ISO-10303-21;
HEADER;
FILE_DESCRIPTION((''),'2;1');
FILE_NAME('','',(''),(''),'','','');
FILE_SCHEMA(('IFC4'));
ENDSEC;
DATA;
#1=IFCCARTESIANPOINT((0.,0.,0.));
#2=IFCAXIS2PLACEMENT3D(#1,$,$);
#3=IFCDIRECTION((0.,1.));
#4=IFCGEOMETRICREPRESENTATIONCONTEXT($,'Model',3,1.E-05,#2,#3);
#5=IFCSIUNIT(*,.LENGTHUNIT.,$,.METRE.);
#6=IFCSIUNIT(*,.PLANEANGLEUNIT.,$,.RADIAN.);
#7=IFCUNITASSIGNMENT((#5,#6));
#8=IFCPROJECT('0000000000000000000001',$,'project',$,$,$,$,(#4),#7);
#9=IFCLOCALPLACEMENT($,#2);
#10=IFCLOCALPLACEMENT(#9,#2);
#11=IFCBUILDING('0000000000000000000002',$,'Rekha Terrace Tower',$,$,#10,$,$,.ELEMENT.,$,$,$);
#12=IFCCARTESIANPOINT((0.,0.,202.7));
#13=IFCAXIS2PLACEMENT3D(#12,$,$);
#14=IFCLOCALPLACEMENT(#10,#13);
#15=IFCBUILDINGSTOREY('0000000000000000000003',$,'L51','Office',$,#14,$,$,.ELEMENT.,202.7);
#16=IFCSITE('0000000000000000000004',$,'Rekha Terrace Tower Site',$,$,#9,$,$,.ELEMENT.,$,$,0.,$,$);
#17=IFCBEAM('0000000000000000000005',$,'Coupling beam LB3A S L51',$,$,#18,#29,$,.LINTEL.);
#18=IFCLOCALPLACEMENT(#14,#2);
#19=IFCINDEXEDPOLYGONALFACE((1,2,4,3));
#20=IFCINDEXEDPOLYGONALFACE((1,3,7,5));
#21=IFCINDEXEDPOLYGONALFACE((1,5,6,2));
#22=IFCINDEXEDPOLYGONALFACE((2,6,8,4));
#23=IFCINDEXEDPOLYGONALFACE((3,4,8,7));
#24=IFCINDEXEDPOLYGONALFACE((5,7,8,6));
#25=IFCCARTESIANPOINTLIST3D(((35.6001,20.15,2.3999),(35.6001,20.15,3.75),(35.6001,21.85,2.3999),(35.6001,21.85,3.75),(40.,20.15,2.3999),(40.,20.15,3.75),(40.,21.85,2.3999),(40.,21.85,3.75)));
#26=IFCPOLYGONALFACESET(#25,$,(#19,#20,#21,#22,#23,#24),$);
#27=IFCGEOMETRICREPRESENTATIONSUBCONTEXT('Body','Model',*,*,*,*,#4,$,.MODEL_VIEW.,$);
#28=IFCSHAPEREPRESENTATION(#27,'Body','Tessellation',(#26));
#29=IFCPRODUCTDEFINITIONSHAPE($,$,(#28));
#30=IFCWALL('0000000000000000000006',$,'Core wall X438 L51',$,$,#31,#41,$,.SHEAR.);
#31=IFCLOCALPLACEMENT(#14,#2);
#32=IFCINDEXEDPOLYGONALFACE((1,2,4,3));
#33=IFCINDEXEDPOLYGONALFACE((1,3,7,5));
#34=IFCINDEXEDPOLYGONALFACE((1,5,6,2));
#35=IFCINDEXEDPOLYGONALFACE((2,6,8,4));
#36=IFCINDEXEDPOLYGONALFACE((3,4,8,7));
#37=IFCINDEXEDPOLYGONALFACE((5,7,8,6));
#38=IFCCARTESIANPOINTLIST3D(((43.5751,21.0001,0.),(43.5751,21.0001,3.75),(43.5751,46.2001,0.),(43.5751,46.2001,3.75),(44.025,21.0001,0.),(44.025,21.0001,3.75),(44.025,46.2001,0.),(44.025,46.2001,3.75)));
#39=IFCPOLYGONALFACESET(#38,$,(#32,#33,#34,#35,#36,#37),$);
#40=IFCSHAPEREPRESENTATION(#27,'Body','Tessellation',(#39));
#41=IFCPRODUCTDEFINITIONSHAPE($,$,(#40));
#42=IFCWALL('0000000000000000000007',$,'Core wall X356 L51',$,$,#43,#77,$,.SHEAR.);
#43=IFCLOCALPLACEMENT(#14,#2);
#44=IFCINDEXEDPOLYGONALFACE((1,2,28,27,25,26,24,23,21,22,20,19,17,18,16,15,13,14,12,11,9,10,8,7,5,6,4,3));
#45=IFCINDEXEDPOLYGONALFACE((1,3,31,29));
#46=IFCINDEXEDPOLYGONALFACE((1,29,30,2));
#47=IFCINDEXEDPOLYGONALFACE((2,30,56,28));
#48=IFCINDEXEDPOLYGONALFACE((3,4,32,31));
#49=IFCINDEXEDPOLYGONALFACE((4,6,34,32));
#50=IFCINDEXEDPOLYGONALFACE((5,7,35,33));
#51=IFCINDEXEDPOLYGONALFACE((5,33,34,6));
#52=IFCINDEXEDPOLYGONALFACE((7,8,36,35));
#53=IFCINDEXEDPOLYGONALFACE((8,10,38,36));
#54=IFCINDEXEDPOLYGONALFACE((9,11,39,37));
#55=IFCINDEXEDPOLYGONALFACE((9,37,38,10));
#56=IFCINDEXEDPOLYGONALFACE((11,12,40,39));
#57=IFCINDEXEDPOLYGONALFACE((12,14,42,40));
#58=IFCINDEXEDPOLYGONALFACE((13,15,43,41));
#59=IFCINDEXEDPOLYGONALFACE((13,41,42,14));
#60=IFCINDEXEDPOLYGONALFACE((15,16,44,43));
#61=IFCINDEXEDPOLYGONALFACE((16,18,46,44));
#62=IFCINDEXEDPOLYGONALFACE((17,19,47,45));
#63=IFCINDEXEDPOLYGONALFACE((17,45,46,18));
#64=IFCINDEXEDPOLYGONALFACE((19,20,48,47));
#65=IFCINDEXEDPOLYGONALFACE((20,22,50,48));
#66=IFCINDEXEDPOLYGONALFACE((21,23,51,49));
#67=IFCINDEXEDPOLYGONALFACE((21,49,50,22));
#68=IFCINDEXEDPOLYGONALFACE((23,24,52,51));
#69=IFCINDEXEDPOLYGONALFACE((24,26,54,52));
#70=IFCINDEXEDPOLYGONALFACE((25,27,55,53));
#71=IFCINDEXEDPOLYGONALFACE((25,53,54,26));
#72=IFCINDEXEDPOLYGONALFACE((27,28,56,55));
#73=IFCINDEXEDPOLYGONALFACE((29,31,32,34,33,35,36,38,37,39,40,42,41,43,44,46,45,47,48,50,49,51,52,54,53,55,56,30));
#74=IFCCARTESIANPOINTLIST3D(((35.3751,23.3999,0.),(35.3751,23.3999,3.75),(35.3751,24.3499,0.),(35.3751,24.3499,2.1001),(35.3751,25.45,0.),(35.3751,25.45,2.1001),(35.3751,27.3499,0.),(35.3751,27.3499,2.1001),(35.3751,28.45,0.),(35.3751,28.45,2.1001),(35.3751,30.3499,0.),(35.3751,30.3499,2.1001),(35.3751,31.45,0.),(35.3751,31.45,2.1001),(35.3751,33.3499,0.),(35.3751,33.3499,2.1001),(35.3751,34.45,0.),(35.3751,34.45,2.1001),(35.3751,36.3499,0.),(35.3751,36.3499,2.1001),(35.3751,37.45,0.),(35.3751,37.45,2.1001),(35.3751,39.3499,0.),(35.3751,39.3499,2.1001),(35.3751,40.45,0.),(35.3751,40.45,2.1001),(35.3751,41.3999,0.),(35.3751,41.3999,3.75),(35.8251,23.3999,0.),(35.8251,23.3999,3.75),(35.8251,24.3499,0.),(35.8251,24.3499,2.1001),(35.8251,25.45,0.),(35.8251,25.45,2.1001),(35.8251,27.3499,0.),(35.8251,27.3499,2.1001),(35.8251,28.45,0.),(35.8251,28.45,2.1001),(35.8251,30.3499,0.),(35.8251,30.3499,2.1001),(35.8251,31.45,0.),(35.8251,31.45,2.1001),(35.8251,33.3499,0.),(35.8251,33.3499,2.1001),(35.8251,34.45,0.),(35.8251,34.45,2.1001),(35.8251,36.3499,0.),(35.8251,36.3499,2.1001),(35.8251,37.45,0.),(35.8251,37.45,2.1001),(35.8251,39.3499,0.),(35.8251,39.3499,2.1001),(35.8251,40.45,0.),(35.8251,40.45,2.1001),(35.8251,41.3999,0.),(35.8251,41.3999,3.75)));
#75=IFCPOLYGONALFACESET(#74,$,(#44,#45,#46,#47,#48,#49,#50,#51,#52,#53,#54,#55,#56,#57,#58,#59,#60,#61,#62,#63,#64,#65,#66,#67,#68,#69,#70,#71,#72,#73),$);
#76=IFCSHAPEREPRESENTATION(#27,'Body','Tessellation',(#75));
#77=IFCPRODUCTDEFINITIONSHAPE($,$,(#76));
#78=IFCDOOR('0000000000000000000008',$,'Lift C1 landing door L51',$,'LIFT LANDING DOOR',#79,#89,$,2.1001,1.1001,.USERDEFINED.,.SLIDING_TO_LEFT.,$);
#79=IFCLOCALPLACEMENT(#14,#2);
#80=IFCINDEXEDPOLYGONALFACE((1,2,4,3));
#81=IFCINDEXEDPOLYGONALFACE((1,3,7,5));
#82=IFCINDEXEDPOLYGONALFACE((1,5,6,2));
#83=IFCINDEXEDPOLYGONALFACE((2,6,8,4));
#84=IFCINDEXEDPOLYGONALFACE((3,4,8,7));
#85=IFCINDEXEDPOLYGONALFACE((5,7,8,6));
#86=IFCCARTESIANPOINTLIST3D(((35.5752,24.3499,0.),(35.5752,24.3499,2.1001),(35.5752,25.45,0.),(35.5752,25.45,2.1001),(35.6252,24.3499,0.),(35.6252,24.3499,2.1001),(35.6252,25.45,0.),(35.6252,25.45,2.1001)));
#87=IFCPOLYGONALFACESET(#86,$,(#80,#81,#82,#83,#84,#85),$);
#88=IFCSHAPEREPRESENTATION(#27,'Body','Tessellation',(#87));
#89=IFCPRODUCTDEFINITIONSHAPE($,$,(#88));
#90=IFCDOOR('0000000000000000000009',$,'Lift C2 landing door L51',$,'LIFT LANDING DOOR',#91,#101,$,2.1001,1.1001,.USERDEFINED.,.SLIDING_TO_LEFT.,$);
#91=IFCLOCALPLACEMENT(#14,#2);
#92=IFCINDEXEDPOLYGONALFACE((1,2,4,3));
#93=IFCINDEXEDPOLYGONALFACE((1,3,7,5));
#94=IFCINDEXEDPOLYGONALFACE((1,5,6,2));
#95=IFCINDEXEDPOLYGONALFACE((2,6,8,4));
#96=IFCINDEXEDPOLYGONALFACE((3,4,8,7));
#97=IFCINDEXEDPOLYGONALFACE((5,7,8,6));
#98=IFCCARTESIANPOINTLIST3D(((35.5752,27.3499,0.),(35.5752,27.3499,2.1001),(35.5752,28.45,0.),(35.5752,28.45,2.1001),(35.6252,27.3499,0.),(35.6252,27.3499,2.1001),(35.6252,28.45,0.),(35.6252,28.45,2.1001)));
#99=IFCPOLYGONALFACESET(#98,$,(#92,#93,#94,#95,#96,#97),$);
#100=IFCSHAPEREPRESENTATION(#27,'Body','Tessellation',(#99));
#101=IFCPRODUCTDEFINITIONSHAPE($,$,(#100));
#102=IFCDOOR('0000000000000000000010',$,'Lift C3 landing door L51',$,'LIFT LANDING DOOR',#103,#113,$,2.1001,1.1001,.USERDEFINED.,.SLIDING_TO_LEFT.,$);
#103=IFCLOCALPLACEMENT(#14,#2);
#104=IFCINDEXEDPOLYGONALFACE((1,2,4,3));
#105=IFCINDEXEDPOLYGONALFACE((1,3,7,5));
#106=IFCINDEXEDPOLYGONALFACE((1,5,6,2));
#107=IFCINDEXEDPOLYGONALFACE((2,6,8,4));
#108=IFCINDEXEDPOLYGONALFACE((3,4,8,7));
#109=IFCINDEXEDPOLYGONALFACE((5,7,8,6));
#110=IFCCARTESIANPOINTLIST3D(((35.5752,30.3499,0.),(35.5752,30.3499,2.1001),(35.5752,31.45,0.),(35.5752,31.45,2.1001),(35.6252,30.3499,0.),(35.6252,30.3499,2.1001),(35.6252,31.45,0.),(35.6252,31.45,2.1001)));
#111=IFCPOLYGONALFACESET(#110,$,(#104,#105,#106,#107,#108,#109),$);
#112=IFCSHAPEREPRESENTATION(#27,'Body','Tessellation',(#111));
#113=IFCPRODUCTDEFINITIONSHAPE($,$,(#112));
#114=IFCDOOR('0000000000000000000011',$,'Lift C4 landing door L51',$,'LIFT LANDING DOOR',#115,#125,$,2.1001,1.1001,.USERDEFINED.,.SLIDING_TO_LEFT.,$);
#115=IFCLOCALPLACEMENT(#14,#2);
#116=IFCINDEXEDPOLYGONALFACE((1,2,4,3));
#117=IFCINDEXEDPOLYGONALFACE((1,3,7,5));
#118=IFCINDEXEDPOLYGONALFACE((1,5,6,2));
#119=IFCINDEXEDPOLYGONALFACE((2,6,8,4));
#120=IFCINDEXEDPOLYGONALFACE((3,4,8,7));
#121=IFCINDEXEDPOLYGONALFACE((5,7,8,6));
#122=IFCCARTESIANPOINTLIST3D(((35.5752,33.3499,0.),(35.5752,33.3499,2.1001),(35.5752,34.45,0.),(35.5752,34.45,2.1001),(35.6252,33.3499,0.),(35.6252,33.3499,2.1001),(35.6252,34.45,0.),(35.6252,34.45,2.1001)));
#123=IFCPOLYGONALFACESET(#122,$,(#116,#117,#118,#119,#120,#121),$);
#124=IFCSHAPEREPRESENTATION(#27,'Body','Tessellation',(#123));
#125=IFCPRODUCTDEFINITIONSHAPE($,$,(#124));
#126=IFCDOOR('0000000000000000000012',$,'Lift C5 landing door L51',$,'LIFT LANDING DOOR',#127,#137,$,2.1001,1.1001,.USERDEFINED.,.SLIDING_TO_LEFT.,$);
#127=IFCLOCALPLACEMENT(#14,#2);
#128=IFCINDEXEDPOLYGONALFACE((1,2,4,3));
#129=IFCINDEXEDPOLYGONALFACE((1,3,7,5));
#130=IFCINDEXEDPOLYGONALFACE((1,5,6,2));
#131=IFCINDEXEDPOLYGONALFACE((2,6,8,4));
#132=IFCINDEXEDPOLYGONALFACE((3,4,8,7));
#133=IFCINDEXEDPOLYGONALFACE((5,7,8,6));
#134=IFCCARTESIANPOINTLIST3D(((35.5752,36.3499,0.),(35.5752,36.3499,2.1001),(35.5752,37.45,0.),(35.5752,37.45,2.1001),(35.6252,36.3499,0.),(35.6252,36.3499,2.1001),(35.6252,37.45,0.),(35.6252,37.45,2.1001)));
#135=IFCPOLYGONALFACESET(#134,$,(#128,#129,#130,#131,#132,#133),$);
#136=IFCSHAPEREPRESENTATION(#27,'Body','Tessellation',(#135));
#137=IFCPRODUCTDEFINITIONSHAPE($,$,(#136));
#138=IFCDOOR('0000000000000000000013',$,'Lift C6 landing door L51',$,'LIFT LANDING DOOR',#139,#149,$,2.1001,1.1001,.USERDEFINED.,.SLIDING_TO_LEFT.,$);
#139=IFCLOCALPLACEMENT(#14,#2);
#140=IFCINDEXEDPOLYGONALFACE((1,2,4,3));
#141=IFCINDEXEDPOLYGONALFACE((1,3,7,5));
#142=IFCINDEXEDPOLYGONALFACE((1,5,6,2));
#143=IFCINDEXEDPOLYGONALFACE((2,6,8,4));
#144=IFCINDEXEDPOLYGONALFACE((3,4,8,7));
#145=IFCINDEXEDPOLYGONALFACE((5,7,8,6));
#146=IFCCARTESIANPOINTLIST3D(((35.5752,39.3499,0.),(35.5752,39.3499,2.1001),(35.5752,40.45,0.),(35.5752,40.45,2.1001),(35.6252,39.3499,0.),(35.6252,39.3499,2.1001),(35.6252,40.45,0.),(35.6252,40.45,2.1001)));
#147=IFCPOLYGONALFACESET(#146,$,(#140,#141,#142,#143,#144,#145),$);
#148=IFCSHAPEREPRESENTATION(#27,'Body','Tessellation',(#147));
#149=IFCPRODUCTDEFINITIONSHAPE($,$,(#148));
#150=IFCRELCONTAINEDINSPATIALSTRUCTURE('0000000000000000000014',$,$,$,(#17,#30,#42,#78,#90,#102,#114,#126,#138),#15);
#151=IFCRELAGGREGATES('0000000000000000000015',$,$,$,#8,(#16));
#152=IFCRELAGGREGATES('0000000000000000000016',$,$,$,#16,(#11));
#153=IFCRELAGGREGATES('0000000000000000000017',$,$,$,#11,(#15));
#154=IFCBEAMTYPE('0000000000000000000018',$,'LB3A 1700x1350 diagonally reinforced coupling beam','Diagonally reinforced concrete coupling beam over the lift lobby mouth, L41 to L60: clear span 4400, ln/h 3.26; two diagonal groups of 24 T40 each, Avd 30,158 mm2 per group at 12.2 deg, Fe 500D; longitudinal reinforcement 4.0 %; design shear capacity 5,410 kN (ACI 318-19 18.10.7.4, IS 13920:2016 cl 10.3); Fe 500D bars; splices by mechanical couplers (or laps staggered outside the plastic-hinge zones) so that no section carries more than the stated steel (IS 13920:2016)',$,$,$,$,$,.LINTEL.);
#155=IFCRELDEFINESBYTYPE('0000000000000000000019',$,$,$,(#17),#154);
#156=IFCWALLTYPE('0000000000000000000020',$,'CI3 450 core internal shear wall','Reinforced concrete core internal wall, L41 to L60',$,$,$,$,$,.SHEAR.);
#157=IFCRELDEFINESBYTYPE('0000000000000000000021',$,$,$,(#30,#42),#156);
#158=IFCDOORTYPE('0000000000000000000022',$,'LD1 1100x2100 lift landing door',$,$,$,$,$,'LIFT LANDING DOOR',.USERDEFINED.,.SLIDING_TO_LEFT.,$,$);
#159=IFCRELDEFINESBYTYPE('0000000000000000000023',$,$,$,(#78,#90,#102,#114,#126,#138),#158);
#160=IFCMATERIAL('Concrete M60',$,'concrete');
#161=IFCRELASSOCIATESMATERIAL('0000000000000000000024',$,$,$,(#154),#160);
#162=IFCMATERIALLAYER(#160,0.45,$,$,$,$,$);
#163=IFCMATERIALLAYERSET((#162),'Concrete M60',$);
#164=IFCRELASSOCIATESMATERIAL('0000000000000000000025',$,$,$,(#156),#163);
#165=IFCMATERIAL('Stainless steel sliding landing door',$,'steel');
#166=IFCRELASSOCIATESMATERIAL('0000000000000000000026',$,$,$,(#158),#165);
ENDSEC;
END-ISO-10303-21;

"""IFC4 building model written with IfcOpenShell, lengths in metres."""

from ifc_helpers import new_model, si_unit, direction, frame, frame_2d, origin, origin_2d, place, context, subcontext, project, spatial, rectangle, extrude, material, layer, layer_set, material_profile, profile_set, type_object, element, fill, save


model = new_model("IFC4")

# Units and contexts
model_context = context("Model", 3, precision=1e-05, world=origin(), true_north=direction((0.0, 1.0)))
body_context = subcontext(model_context, "Body", "Model", "MODEL_VIEW")
ifc_project = project(units=[si_unit("LENGTHUNIT", "METRE"), si_unit("PLANEANGLEUNIT", "RADIAN")], contexts=[model_context])

# Site, building, storey
site_placement = place(None, origin())
site = spatial("IfcSite", under=ifc_project, at=site_placement, Name="Rekha Terrace Tower Site", CompositionType="ELEMENT", RefElevation=0.0)
building_placement = place(site_placement, origin())
building = spatial("IfcBuilding", under=site, at=building_placement, Name="Rekha Terrace Tower", CompositionType="ELEMENT")
storey_placement = place(building_placement, frame((0.0, 0.0, 202.7)))
storey = spatial("IfcBuildingStorey", under=building, at=storey_placement, Name="L51", Description="Office", CompositionType="ELEMENT", Elevation=202.7)

# Beam
ifc_material_1 = material(Name="Concrete M60", Category="concrete")
ifc_material_profile = material_profile(ifc_material_1, rectangle(XDim=1.7, YDim=1.3501, at=origin_2d()), Name="RC 1700x1350")
ifc_profile_set = profile_set([ifc_material_profile], Name="Concrete M60")
beam_type = type_object("IfcBeamType", Name="LB3A 1700x1350 diagonally reinforced coupling beam", Description="Diagonally reinforced concrete coupling beam over the lift lobby mouth, L41 to L60: clear span 4400, ln/h 3.26; two diagonal groups of 24 T40 each, Avd 30,158 mm2 per group at 12.2 deg, Fe 500D; longitudinal reinforcement 4.0 %; design shear capacity 5,410 kN (ACI 318-19 18.10.7.4, IS 13920:2016 cl 10.3); Fe 500D bars; splices by mechanical couplers (or laps staggered outside the plastic-hinge zones) so that no section carries more than the stated steel (IS 13920:2016)", PredefinedType="LINTEL", material=ifc_profile_set)
beam_placement = place(storey_placement, frame((35.6001, 21.0, 3.075), z_axis=(1.0, 0.0, 0.0), x_axis=(0.0, 1.0, 0.0)))
element("IfcBeam", 1, at=beam_placement, inside=storey, type_object=beam_type, Name="Coupling beam LB3A S L51", PredefinedType="LINTEL", context=body_context, shape_type="SweptSolid", body=[
    extrude(rectangle(XDim=1.7, YDim=1.3501, at=origin_2d()), origin(), (0.0, 0.0, 1.0), 4.3999),
])

# Wall
ifc_layer_1 = layer(ifc_material_1, 0.45)
ifc_layer_set_1 = layer_set([ifc_layer_1], Name="Concrete M60")
wall_type_1 = type_object("IfcWallType", Name="CI3 450 core internal shear wall", Description="Reinforced concrete core internal wall, L41 to L60", PredefinedType="SHEAR", material=ifc_layer_set_1)
wall_1_placement = place(storey_placement, frame((43.8, 21.0, 0.0), z_axis=(0.0, 0.0, 1.0), x_axis=(0.0, 1.0, 0.0)))
element("IfcWall", 2, at=wall_1_placement, inside=storey, type_object=wall_type_1, Name="Core wall X438 L51", PredefinedType="SHEAR", context=body_context, shape_type="SweptSolid", body=[
    extrude(rectangle(XDim=25.2, YDim=0.45, at=frame_2d((12.6001, 0.0))), origin(), (0.0, 0.0, 1.0), 3.75),
])

# Wall, openings, doors
wall_2_placement = place(storey_placement, frame((35.6001, 23.3999, 0.0), z_axis=(0.0, 0.0, 1.0), x_axis=(0.0, 1.0, 0.0)))
wall_2 = element("IfcWall", 3, at=wall_2_placement, inside=storey, type_object=wall_type_1, Name="Core wall X356 L51", PredefinedType="SHEAR", context=body_context, shape_type="SweptSolid", body=[
    extrude(rectangle(XDim=18.0, YDim=0.45, at=frame_2d((9.0, 0.0))), origin(), (0.0, 0.0, 1.0), 3.75),
])
opening_1_placement = place(wall_2_placement, frame((0.95, 0.0, 0.0)))
opening_1 = element("IfcOpeningElement", 4, at=opening_1_placement, cuts=wall_2, PredefinedType="OPENING", context=body_context, shape_type="SweptSolid", body=[
    extrude(rectangle(XDim=1.1001, YDim=2.1001, at=frame_2d((0.55, 1.05))), frame((0.0, 0.2349, 0.0), z_axis=(0.0, -1.0, 0.0), x_axis=(1.0, 0.0, 0.0)), (0.0, 0.0, 1.0), 0.47),
])
opening_2_placement = place(wall_2_placement, frame((3.95, 0.0, 0.0)))
opening_2 = element("IfcOpeningElement", 5, at=opening_2_placement, cuts=wall_2, PredefinedType="OPENING", context=body_context, shape_type="SweptSolid", body=[
    extrude(rectangle(XDim=1.1001, YDim=2.1001, at=frame_2d((0.55, 1.05))), frame((0.0, 0.2349, 0.0), z_axis=(0.0, -1.0, 0.0), x_axis=(1.0, 0.0, 0.0)), (0.0, 0.0, 1.0), 0.47),
])
opening_3_placement = place(wall_2_placement, frame((6.95, 0.0, 0.0)))
opening_3 = element("IfcOpeningElement", 6, at=opening_3_placement, cuts=wall_2, PredefinedType="OPENING", context=body_context, shape_type="SweptSolid", body=[
    extrude(rectangle(XDim=1.1001, YDim=2.1001, at=frame_2d((0.55, 1.05))), frame((0.0, 0.2349, 0.0), z_axis=(0.0, -1.0, 0.0), x_axis=(1.0, 0.0, 0.0)), (0.0, 0.0, 1.0), 0.47),
])
opening_4_placement = place(wall_2_placement, frame((9.95, 0.0, 0.0)))
opening_4 = element("IfcOpeningElement", 7, at=opening_4_placement, cuts=wall_2, PredefinedType="OPENING", context=body_context, shape_type="SweptSolid", body=[
    extrude(rectangle(XDim=1.1001, YDim=2.1001, at=frame_2d((0.55, 1.05))), frame((0.0, 0.2349, 0.0), z_axis=(0.0, -1.0, 0.0), x_axis=(1.0, 0.0, 0.0)), (0.0, 0.0, 1.0), 0.47),
])
opening_5_placement = place(wall_2_placement, frame((12.95, 0.0, 0.0)))
opening_5 = element("IfcOpeningElement", 8, at=opening_5_placement, cuts=wall_2, PredefinedType="OPENING", context=body_context, shape_type="SweptSolid", body=[
    extrude(rectangle(XDim=1.1001, YDim=2.1001, at=frame_2d((0.55, 1.05))), frame((0.0, 0.2349, 0.0), z_axis=(0.0, -1.0, 0.0), x_axis=(1.0, 0.0, 0.0)), (0.0, 0.0, 1.0), 0.47),
])
opening_6_placement = place(wall_2_placement, frame((15.95, 0.0, 0.0)))
opening_6 = element("IfcOpeningElement", 9, at=opening_6_placement, cuts=wall_2, PredefinedType="OPENING", context=body_context, shape_type="SweptSolid", body=[
    extrude(rectangle(XDim=1.1001, YDim=2.1001, at=frame_2d((0.55, 1.05))), frame((0.0, 0.2349, 0.0), z_axis=(0.0, -1.0, 0.0), x_axis=(1.0, 0.0, 0.0)), (0.0, 0.0, 1.0), 0.47),
])
ifc_material_2 = material(Name="Stainless steel sliding landing door", Category="steel")
door_type_1 = type_object("IfcDoorType", Name="LD1 1100x2100 lift landing door", ElementType="LIFT LANDING DOOR", OperationType="SLIDING_TO_LEFT", PredefinedType="USERDEFINED", material=ifc_material_2)
door_1_placement = place(opening_1_placement, origin())
door_1 = element("IfcDoor", 10, at=door_1_placement, inside=storey, type_object=door_type_1, Name="Lift C1 landing door L51", ObjectType="LIFT LANDING DOOR", OperationType="SLIDING_TO_LEFT", OverallHeight=2.1001, OverallWidth=1.1001, PredefinedType="USERDEFINED", context=body_context, shape_type="SweptSolid", body=[
    extrude(rectangle(XDim=1.1001, YDim=2.1001, at=frame_2d((0.55, 1.05))), frame((0.0, 0.0249, 0.0), z_axis=(0.0, -1.0, 0.0), x_axis=(1.0, 0.0, 0.0)), (0.0, 0.0, 1.0), 0.05),
])
fill(opening_1, door_1)
door_2_placement = place(opening_2_placement, origin())
door_2 = element("IfcDoor", 11, at=door_2_placement, inside=storey, type_object=door_type_1, Name="Lift C2 landing door L51", ObjectType="LIFT LANDING DOOR", OperationType="SLIDING_TO_LEFT", OverallHeight=2.1001, OverallWidth=1.1001, PredefinedType="USERDEFINED", context=body_context, shape_type="SweptSolid", body=[
    extrude(rectangle(XDim=1.1001, YDim=2.1001, at=frame_2d((0.55, 1.05))), frame((0.0, 0.0249, 0.0), z_axis=(0.0, -1.0, 0.0), x_axis=(1.0, 0.0, 0.0)), (0.0, 0.0, 1.0), 0.05),
])
fill(opening_2, door_2)
door_3_placement = place(opening_3_placement, origin())
door_3 = element("IfcDoor", 12, at=door_3_placement, inside=storey, type_object=door_type_1, Name="Lift C3 landing door L51", ObjectType="LIFT LANDING DOOR", OperationType="SLIDING_TO_LEFT", OverallHeight=2.1001, OverallWidth=1.1001, PredefinedType="USERDEFINED", context=body_context, shape_type="SweptSolid", body=[
    extrude(rectangle(XDim=1.1001, YDim=2.1001, at=frame_2d((0.55, 1.05))), frame((0.0, 0.0249, 0.0), z_axis=(0.0, -1.0, 0.0), x_axis=(1.0, 0.0, 0.0)), (0.0, 0.0, 1.0), 0.05),
])
fill(opening_3, door_3)
door_4_placement = place(opening_4_placement, origin())
door_4 = element("IfcDoor", 13, at=door_4_placement, inside=storey, type_object=door_type_1, Name="Lift C4 landing door L51", ObjectType="LIFT LANDING DOOR", OperationType="SLIDING_TO_LEFT", OverallHeight=2.1001, OverallWidth=1.1001, PredefinedType="USERDEFINED", context=body_context, shape_type="SweptSolid", body=[
    extrude(rectangle(XDim=1.1001, YDim=2.1001, at=frame_2d((0.55, 1.05))), frame((0.0, 0.0249, 0.0), z_axis=(0.0, -1.0, 0.0), x_axis=(1.0, 0.0, 0.0)), (0.0, 0.0, 1.0), 0.05),
])
fill(opening_4, door_4)
door_5_placement = place(opening_5_placement, origin())
door_5 = element("IfcDoor", 14, at=door_5_placement, inside=storey, type_object=door_type_1, Name="Lift C5 landing door L51", ObjectType="LIFT LANDING DOOR", OperationType="SLIDING_TO_LEFT", OverallHeight=2.1001, OverallWidth=1.1001, PredefinedType="USERDEFINED", context=body_context, shape_type="SweptSolid", body=[
    extrude(rectangle(XDim=1.1001, YDim=2.1001, at=frame_2d((0.55, 1.05))), frame((0.0, 0.0249, 0.0), z_axis=(0.0, -1.0, 0.0), x_axis=(1.0, 0.0, 0.0)), (0.0, 0.0, 1.0), 0.05),
])
fill(opening_5, door_5)
door_6_placement = place(opening_6_placement, origin())
door_6 = element("IfcDoor", 15, at=door_6_placement, inside=storey, type_object=door_type_1, Name="Lift C6 landing door L51", ObjectType="LIFT LANDING DOOR", OperationType="SLIDING_TO_LEFT", OverallHeight=2.1001, OverallWidth=1.1001, PredefinedType="USERDEFINED", context=body_context, shape_type="SweptSolid", body=[
    extrude(rectangle(XDim=1.1001, YDim=2.1001, at=frame_2d((0.55, 1.05))), frame((0.0, 0.0249, 0.0), z_axis=(0.0, -1.0, 0.0), x_axis=(1.0, 0.0, 0.0)), (0.0, 0.0, 1.0), 0.05),
])
fill(opening_6, door_6)

save(model, "model.ifc")
